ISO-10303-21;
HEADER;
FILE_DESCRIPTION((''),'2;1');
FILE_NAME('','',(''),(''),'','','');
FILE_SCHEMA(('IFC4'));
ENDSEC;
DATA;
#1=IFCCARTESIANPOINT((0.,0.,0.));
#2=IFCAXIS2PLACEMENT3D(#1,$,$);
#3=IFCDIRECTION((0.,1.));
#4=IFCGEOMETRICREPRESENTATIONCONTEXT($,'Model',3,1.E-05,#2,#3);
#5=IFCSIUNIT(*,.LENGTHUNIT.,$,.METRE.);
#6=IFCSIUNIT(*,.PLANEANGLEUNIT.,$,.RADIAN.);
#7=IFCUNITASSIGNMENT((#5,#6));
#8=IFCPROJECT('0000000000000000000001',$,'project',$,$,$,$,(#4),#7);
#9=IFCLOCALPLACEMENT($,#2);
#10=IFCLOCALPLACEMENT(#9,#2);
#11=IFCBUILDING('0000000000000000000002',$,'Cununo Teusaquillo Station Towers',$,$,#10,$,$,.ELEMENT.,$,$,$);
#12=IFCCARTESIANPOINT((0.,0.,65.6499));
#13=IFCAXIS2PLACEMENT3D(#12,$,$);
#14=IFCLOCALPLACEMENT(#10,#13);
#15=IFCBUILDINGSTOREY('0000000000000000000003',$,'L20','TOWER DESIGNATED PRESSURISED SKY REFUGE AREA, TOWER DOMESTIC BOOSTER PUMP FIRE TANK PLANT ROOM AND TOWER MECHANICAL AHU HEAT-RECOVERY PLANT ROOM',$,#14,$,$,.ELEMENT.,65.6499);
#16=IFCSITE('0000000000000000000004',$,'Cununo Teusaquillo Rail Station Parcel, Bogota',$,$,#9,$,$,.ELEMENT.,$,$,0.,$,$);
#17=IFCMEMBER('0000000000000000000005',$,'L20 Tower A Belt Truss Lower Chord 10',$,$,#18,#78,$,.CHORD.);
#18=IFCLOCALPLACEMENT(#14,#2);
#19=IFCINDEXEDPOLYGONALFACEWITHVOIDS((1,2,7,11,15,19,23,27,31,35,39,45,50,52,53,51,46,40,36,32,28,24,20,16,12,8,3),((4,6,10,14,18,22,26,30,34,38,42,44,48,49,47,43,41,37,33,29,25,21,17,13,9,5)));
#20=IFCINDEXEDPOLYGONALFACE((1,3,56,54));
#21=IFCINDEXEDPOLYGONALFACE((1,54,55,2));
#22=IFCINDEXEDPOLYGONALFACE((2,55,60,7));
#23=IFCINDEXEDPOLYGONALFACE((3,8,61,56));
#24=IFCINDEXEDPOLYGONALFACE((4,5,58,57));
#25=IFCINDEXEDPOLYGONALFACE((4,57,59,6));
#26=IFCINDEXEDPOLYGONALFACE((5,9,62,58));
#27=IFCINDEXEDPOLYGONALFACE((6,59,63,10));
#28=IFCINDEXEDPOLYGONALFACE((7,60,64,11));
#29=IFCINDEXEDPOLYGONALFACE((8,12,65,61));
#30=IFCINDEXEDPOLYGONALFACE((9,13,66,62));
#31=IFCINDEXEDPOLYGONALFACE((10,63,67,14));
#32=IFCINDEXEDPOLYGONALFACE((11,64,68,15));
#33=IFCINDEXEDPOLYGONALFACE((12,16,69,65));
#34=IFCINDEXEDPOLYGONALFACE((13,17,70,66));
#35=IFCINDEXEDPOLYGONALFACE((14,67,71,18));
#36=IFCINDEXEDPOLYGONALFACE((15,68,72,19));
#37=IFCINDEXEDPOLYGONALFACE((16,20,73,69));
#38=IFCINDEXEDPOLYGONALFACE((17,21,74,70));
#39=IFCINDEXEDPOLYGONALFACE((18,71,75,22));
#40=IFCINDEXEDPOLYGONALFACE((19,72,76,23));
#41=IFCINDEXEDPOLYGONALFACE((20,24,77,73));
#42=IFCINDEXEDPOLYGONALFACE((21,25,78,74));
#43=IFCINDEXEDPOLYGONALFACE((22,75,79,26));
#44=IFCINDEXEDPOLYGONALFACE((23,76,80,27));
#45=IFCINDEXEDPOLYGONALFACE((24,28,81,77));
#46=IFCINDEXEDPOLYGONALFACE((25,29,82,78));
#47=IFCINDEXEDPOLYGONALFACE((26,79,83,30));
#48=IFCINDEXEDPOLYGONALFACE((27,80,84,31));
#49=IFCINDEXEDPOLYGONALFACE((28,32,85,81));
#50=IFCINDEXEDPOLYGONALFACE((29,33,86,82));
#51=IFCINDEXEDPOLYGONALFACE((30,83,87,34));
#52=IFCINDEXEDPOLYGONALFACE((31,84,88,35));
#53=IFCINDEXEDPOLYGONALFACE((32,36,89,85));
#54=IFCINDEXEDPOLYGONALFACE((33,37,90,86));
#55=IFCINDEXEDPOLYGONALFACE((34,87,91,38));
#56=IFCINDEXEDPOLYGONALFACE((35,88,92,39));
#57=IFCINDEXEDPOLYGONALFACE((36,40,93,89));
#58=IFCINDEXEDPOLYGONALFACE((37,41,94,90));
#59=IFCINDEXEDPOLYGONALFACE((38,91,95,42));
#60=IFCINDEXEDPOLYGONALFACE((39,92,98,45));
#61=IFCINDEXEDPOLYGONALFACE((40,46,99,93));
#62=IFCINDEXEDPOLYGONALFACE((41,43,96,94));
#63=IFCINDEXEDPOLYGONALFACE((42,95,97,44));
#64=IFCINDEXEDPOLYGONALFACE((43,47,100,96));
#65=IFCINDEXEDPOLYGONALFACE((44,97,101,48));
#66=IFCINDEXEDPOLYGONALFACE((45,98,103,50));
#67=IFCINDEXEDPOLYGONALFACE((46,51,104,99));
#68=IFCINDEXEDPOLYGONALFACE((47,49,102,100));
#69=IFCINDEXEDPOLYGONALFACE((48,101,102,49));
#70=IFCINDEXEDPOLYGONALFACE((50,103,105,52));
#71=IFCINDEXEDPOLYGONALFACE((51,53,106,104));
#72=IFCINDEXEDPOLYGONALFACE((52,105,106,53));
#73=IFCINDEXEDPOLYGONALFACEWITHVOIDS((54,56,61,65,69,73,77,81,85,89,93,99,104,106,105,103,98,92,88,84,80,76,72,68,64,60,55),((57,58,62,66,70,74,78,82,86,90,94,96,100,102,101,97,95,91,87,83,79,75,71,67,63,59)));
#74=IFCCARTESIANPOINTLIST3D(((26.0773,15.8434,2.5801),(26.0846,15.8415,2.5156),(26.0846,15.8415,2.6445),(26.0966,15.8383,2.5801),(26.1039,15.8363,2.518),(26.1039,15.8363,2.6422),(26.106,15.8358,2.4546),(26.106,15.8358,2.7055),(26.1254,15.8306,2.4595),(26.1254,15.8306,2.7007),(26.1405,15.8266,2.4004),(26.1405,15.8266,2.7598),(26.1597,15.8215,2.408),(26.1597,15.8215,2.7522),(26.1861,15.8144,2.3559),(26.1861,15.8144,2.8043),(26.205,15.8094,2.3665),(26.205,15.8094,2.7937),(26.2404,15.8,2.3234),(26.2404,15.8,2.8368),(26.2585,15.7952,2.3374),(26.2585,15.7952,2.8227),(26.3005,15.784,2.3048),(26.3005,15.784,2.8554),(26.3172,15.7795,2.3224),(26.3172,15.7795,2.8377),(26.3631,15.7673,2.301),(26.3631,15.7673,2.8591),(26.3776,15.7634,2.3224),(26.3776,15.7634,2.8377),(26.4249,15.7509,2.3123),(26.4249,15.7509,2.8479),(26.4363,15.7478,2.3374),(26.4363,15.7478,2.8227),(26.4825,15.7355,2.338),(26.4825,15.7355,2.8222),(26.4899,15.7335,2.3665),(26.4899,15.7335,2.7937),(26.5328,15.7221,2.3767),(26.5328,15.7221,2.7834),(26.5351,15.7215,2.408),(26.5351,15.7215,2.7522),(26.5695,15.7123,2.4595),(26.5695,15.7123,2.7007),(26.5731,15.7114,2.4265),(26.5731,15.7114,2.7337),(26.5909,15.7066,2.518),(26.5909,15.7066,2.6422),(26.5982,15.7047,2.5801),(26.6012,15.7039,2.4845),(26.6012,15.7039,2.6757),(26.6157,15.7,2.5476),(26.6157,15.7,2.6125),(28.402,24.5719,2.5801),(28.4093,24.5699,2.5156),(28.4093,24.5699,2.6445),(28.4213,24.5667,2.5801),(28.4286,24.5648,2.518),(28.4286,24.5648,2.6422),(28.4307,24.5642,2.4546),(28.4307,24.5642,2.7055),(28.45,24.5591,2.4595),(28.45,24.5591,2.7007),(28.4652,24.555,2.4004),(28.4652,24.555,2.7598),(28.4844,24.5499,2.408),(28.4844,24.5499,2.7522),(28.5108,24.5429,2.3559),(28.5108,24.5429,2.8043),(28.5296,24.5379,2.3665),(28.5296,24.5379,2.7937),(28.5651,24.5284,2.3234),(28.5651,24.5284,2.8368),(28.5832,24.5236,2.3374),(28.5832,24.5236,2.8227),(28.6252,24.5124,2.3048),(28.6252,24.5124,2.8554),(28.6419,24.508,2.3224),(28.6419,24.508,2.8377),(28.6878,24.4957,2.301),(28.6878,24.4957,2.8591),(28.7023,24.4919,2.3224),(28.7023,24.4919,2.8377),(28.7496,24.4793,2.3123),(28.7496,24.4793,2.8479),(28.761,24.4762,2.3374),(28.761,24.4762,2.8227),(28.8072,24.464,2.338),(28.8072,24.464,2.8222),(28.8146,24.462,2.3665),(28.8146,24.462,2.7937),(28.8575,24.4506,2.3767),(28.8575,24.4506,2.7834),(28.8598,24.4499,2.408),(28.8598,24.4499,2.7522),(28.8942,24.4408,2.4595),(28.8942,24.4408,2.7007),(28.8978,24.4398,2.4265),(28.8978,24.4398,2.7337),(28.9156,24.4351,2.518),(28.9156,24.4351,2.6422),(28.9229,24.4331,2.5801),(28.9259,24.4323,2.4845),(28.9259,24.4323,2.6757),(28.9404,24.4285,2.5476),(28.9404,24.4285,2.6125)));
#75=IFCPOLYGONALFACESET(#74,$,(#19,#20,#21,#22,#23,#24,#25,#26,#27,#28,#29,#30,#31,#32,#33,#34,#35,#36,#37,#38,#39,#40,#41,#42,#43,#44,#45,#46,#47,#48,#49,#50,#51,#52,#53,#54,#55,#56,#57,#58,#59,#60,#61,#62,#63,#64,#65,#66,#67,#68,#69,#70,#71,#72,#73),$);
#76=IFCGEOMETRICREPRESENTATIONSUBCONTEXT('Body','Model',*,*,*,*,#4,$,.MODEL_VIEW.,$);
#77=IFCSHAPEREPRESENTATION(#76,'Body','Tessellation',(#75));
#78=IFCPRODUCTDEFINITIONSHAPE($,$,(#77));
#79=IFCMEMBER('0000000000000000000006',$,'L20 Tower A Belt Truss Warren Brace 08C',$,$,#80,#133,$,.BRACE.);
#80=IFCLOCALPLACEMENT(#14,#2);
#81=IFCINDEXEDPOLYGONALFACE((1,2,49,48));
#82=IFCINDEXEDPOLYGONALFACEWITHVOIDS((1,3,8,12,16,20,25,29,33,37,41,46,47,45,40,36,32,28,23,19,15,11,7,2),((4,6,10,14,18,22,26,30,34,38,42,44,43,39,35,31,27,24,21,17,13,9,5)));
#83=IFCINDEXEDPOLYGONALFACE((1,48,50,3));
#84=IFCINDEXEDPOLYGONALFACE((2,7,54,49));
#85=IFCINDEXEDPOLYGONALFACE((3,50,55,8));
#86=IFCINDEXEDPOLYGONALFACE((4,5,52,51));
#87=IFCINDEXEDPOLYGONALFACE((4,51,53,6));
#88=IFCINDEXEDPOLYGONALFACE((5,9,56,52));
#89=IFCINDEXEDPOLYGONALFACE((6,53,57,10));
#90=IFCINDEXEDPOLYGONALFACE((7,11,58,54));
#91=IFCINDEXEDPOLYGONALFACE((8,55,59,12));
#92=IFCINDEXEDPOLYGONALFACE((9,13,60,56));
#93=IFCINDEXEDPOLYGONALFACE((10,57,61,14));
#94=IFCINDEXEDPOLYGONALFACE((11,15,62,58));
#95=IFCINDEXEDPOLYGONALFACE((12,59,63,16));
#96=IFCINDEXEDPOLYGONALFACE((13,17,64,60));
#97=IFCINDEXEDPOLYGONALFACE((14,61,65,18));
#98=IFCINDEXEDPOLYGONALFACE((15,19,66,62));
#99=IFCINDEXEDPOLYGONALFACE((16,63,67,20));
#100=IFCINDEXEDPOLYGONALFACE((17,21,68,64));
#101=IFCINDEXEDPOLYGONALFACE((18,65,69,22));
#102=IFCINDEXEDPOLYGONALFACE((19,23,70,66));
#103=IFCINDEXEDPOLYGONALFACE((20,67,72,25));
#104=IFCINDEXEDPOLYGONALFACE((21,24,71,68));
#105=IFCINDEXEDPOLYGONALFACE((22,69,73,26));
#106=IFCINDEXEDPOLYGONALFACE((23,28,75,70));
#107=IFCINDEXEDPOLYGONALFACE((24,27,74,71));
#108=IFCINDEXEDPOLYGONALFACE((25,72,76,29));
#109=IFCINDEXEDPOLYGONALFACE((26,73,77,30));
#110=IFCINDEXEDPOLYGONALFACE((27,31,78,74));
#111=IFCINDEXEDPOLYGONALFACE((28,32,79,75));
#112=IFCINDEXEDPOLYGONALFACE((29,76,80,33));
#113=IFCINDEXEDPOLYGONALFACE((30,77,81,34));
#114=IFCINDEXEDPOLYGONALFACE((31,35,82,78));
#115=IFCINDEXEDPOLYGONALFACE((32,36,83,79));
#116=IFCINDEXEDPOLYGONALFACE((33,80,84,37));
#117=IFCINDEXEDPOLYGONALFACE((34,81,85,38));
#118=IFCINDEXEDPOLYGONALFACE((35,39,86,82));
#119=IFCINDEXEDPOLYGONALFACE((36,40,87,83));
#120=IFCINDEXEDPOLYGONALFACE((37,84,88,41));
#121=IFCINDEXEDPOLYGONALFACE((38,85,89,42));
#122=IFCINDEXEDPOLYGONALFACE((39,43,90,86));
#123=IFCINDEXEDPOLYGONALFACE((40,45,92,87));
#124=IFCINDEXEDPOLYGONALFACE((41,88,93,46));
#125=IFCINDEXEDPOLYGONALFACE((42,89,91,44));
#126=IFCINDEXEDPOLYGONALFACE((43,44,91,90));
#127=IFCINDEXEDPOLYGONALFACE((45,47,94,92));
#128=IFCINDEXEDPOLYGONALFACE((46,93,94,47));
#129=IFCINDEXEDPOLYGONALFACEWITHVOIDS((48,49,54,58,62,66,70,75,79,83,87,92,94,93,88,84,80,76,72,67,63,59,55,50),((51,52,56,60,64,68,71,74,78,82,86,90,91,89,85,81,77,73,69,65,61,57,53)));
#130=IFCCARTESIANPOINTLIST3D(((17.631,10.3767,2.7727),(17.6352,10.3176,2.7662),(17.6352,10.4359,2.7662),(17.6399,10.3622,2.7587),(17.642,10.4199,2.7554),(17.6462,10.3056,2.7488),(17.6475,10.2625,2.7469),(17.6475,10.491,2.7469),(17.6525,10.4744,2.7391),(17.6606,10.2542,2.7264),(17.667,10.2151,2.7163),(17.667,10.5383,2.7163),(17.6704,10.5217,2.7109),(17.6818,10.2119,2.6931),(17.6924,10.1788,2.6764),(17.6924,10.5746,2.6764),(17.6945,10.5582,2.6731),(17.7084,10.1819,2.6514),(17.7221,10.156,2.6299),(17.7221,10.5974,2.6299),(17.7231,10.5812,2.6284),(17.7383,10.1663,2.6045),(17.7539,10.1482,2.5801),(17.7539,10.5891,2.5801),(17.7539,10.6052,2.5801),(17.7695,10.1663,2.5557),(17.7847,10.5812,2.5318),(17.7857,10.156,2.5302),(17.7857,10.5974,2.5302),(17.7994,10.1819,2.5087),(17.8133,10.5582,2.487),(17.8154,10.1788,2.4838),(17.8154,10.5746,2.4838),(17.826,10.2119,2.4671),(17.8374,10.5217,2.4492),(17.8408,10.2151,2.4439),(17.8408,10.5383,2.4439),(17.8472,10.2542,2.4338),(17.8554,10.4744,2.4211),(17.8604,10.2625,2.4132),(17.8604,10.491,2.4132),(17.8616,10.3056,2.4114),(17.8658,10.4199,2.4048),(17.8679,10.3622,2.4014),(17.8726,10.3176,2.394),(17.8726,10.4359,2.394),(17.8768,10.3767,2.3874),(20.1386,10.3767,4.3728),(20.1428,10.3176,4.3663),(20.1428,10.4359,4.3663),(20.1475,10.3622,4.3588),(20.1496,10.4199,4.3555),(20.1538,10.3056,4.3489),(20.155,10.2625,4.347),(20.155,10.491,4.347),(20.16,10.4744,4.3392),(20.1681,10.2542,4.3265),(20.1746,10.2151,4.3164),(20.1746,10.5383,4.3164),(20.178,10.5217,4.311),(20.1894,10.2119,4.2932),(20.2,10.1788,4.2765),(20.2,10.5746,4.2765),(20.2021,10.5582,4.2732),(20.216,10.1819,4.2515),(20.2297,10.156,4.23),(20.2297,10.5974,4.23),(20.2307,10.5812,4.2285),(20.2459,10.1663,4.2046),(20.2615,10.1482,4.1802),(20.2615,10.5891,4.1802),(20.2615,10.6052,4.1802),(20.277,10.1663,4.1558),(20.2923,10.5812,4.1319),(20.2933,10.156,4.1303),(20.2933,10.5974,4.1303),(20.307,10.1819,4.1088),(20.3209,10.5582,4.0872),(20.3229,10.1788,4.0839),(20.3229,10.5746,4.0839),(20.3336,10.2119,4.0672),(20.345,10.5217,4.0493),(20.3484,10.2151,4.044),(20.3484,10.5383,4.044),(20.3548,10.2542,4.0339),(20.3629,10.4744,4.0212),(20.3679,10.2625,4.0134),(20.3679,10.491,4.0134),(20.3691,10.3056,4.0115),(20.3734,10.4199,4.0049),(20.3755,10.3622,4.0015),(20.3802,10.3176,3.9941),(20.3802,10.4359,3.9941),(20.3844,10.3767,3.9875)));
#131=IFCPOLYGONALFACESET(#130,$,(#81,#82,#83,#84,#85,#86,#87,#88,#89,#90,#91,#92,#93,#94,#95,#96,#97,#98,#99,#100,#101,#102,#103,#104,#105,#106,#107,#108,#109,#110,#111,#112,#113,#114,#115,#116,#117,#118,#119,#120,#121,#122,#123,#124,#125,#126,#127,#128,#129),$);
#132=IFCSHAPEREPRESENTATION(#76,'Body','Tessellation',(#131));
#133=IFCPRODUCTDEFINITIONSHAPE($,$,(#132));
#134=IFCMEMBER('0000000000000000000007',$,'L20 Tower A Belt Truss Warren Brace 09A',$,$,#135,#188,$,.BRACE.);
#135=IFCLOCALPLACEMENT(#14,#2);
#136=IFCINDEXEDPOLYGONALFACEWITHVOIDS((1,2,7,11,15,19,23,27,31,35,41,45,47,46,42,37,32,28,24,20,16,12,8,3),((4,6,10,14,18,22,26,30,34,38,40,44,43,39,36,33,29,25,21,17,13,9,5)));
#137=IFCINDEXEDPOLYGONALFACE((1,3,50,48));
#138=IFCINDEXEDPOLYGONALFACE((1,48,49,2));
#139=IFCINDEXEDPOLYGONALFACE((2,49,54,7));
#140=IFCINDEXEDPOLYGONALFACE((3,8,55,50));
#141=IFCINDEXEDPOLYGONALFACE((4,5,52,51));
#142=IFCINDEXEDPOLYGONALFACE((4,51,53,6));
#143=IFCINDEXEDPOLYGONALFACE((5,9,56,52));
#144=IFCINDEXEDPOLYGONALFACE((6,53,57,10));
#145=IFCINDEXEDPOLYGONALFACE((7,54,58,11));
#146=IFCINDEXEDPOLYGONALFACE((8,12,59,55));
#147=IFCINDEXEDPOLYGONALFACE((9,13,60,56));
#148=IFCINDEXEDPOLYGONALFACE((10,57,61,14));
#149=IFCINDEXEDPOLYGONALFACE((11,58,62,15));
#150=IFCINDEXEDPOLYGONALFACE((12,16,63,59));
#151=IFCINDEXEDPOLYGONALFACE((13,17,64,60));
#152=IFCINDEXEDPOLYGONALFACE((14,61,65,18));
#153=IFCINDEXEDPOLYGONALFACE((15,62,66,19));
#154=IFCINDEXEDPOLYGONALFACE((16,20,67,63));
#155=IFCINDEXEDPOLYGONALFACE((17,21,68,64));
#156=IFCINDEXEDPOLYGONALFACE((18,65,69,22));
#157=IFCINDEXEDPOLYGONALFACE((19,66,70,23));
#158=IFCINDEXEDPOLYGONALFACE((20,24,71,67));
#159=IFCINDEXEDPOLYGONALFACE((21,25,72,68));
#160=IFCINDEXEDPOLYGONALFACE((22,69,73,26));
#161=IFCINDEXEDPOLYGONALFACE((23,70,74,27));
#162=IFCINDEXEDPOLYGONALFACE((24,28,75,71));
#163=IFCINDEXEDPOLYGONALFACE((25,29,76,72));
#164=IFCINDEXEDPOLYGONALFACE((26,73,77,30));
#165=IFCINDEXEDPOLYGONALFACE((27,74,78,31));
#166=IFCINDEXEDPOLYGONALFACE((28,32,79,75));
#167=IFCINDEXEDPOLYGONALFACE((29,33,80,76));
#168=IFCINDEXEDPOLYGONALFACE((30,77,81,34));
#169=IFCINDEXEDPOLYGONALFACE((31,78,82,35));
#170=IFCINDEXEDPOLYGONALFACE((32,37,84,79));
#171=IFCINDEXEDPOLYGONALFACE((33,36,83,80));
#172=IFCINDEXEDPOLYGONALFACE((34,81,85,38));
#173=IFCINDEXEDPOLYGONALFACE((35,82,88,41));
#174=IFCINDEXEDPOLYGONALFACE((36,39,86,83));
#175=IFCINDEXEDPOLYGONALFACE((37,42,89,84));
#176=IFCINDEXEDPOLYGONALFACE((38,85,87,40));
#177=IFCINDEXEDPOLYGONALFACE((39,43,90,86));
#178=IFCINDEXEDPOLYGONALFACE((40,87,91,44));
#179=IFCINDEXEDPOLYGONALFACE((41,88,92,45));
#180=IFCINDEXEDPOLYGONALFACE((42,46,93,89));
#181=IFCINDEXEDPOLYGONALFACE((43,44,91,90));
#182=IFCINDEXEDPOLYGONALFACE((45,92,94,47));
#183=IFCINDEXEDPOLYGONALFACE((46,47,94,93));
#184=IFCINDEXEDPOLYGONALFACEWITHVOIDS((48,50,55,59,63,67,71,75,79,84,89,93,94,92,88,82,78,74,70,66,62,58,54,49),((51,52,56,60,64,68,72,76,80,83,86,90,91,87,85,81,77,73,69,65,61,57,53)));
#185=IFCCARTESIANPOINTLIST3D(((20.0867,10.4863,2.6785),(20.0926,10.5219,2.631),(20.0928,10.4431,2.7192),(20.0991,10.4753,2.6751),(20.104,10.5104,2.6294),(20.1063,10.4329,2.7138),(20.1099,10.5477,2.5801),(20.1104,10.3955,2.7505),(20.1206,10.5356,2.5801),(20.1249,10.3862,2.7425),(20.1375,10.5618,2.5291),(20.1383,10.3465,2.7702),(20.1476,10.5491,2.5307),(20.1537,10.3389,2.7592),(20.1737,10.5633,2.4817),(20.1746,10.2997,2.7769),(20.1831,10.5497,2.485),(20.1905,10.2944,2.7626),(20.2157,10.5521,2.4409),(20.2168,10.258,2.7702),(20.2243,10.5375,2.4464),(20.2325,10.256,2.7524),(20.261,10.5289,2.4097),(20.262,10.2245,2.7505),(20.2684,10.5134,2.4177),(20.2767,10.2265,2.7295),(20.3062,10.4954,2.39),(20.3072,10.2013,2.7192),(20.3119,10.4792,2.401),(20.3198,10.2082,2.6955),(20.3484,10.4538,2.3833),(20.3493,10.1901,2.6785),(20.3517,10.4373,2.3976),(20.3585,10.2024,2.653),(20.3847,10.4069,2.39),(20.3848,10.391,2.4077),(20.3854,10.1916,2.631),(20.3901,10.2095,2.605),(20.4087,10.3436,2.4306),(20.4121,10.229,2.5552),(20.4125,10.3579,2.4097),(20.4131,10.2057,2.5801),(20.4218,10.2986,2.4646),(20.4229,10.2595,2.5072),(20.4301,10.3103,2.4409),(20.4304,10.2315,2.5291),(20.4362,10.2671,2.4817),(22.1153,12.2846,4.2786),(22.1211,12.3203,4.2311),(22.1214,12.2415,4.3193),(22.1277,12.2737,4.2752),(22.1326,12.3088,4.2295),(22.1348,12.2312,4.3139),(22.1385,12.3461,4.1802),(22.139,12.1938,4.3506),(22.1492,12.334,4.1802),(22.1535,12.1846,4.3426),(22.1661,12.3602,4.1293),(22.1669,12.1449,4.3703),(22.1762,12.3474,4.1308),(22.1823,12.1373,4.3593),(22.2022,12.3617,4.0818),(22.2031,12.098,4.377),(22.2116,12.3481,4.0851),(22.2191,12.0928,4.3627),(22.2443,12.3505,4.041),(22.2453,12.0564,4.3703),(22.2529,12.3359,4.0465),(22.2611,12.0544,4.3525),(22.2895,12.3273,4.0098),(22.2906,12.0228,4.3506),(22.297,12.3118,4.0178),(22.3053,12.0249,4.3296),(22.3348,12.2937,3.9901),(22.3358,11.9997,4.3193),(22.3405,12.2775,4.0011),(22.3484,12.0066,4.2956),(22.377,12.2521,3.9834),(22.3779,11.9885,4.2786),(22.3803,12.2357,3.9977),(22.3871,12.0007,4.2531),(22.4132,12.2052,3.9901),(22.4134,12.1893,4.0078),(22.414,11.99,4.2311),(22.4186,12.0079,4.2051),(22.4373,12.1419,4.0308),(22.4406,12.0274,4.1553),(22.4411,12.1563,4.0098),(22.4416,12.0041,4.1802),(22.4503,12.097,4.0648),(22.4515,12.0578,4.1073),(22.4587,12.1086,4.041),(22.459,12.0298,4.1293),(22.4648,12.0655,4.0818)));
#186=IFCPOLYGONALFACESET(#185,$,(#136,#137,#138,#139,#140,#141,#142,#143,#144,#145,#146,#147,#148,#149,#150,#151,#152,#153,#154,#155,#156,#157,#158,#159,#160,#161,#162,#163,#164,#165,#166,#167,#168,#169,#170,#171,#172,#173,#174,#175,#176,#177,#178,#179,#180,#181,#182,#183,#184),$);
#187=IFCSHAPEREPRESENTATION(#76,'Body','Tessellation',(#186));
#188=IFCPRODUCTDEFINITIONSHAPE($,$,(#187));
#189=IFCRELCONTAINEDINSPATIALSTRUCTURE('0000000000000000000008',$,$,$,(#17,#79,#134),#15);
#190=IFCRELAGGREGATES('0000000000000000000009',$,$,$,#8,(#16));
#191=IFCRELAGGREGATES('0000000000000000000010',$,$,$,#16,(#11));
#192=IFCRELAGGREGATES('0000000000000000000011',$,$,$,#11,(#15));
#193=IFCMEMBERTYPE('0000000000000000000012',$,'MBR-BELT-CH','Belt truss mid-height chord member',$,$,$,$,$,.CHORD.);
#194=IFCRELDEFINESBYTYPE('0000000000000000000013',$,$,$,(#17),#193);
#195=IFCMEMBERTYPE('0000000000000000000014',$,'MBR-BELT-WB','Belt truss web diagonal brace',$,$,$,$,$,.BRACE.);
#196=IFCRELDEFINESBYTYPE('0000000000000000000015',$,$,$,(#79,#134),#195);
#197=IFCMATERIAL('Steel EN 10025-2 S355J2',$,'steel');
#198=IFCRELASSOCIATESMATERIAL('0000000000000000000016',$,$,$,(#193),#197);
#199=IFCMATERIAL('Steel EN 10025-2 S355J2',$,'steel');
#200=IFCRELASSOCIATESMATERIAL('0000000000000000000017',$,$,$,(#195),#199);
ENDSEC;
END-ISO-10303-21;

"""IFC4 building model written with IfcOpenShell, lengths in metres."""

from ifc_helpers import new_model, si_unit, direction, frame, origin, origin_2d, place, context, subcontext, project, spatial, hollow_circle, extrude, material, material_profile, profile_set, type_object, element, save


model = new_model("IFC4")

# Units and contexts
model_context = context("Model", 3, precision=1e-05, world=origin(), true_north=direction((0.0, 1.0)))
body_context = subcontext(model_context, "Body", "Model", "MODEL_VIEW")
ifc_project = project(units=[si_unit("LENGTHUNIT", "METRE"), si_unit("PLANEANGLEUNIT", "RADIAN")], contexts=[model_context])

# Site, building, storey
site_placement = place(None, origin())
site = spatial("IfcSite", under=ifc_project, at=site_placement, Name="Cununo Teusaquillo Rail Station Parcel, Bogota", CompositionType="ELEMENT", RefElevation=0.0)
building_placement = place(site_placement, origin())
building = spatial("IfcBuilding", under=site, at=building_placement, Name="Cununo Teusaquillo Station Towers", CompositionType="ELEMENT")
storey_placement = place(building_placement, frame((0.0, 0.0, 65.6499)))
storey = spatial("IfcBuildingStorey", under=building, at=storey_placement, Name="L20", Description="TOWER DESIGNATED PRESSURISED SKY REFUGE AREA, TOWER DOMESTIC BOOSTER PUMP FIRE TANK PLANT ROOM AND TOWER MECHANICAL AHU HEAT-RECOVERY PLANT ROOM", CompositionType="ELEMENT", Elevation=65.6499)

# Members
ifc_material_1 = material(Name="Steel EN 10025-2 S355J2", Category="steel")
ifc_material_profile_1 = material_profile(ifc_material_1, hollow_circle(Radius=0.2795, WallThickness=0.02, at=origin_2d()), Name="CHS 559x20")
ifc_profile_set_1 = profile_set([ifc_material_profile_1], Name="Steel EN 10025-2 S355J2")
member_type_1 = type_object("IfcMemberType", Name="MBR-BELT-CH", Description="Belt truss mid-height chord member", PredefinedType="CHORD", material=ifc_profile_set_1)
member_1_placement = place(storey_placement, frame((26.3474, 15.7715, 2.5801), z_axis=(0.257363, 0.966315, 0.0), x_axis=(-0.966315, 0.257363, 0.0)))
element("IfcMember", 1, at=member_1_placement, inside=storey, type_object=member_type_1, Name="L20 Tower A Belt Truss Lower Chord 10", PredefinedType="CHORD", context=body_context, shape_type="SweptSolid", body=[
    extrude(hollow_circle(Radius=0.2795, WallThickness=0.02, at=origin_2d()), origin(), (0.0, 0.0, 1.0), 9.0327),
])
ifc_material_2 = material(Name="Steel EN 10025-2 S355J2", Category="steel")
ifc_material_profile_2 = material_profile(ifc_material_2, hollow_circle(Radius=0.2285, WallThickness=0.0161, at=origin_2d()), Name="CHS 457x16")
ifc_profile_set_2 = profile_set([ifc_material_profile_2], Name="Steel EN 10025-2 S355J2")
member_type_2 = type_object("IfcMemberType", Name="MBR-BELT-WB", Description="Belt truss web diagonal brace", PredefinedType="BRACE", material=ifc_profile_set_2)
member_2_placement = place(storey_placement, frame((17.7539, 10.3767, 2.5801), z_axis=(0.842995, 0.0, 0.537921), x_axis=(0.0, 1.0, 0.0)))
element("IfcMember", 2, at=member_2_placement, inside=storey, type_object=member_type_2, Name="L20 Tower A Belt Truss Warren Brace 08C", PredefinedType="BRACE", context=body_context, shape_type="SweptSolid", body=[
    extrude(hollow_circle(Radius=0.2285, WallThickness=0.0161, at=origin_2d()), origin(), (0.0, 0.0, 1.0), 2.9746),
])
member_3_placement = place(storey_placement, frame((20.2615, 10.3767, 2.5801), z_axis=(0.644414, 0.571278, 0.508303), x_axis=(-0.663368, 0.748293, 0.0)))
element("IfcMember", 3, at=member_3_placement, inside=storey, type_object=member_type_2, Name="L20 Tower A Belt Truss Warren Brace 09A", PredefinedType="BRACE", context=body_context, shape_type="SweptSolid", body=[
    extrude(hollow_circle(Radius=0.2285, WallThickness=0.0161, at=origin_2d()), origin(), (0.0, 0.0, 1.0), 3.1479),
])

save(model, "model.ifc")
